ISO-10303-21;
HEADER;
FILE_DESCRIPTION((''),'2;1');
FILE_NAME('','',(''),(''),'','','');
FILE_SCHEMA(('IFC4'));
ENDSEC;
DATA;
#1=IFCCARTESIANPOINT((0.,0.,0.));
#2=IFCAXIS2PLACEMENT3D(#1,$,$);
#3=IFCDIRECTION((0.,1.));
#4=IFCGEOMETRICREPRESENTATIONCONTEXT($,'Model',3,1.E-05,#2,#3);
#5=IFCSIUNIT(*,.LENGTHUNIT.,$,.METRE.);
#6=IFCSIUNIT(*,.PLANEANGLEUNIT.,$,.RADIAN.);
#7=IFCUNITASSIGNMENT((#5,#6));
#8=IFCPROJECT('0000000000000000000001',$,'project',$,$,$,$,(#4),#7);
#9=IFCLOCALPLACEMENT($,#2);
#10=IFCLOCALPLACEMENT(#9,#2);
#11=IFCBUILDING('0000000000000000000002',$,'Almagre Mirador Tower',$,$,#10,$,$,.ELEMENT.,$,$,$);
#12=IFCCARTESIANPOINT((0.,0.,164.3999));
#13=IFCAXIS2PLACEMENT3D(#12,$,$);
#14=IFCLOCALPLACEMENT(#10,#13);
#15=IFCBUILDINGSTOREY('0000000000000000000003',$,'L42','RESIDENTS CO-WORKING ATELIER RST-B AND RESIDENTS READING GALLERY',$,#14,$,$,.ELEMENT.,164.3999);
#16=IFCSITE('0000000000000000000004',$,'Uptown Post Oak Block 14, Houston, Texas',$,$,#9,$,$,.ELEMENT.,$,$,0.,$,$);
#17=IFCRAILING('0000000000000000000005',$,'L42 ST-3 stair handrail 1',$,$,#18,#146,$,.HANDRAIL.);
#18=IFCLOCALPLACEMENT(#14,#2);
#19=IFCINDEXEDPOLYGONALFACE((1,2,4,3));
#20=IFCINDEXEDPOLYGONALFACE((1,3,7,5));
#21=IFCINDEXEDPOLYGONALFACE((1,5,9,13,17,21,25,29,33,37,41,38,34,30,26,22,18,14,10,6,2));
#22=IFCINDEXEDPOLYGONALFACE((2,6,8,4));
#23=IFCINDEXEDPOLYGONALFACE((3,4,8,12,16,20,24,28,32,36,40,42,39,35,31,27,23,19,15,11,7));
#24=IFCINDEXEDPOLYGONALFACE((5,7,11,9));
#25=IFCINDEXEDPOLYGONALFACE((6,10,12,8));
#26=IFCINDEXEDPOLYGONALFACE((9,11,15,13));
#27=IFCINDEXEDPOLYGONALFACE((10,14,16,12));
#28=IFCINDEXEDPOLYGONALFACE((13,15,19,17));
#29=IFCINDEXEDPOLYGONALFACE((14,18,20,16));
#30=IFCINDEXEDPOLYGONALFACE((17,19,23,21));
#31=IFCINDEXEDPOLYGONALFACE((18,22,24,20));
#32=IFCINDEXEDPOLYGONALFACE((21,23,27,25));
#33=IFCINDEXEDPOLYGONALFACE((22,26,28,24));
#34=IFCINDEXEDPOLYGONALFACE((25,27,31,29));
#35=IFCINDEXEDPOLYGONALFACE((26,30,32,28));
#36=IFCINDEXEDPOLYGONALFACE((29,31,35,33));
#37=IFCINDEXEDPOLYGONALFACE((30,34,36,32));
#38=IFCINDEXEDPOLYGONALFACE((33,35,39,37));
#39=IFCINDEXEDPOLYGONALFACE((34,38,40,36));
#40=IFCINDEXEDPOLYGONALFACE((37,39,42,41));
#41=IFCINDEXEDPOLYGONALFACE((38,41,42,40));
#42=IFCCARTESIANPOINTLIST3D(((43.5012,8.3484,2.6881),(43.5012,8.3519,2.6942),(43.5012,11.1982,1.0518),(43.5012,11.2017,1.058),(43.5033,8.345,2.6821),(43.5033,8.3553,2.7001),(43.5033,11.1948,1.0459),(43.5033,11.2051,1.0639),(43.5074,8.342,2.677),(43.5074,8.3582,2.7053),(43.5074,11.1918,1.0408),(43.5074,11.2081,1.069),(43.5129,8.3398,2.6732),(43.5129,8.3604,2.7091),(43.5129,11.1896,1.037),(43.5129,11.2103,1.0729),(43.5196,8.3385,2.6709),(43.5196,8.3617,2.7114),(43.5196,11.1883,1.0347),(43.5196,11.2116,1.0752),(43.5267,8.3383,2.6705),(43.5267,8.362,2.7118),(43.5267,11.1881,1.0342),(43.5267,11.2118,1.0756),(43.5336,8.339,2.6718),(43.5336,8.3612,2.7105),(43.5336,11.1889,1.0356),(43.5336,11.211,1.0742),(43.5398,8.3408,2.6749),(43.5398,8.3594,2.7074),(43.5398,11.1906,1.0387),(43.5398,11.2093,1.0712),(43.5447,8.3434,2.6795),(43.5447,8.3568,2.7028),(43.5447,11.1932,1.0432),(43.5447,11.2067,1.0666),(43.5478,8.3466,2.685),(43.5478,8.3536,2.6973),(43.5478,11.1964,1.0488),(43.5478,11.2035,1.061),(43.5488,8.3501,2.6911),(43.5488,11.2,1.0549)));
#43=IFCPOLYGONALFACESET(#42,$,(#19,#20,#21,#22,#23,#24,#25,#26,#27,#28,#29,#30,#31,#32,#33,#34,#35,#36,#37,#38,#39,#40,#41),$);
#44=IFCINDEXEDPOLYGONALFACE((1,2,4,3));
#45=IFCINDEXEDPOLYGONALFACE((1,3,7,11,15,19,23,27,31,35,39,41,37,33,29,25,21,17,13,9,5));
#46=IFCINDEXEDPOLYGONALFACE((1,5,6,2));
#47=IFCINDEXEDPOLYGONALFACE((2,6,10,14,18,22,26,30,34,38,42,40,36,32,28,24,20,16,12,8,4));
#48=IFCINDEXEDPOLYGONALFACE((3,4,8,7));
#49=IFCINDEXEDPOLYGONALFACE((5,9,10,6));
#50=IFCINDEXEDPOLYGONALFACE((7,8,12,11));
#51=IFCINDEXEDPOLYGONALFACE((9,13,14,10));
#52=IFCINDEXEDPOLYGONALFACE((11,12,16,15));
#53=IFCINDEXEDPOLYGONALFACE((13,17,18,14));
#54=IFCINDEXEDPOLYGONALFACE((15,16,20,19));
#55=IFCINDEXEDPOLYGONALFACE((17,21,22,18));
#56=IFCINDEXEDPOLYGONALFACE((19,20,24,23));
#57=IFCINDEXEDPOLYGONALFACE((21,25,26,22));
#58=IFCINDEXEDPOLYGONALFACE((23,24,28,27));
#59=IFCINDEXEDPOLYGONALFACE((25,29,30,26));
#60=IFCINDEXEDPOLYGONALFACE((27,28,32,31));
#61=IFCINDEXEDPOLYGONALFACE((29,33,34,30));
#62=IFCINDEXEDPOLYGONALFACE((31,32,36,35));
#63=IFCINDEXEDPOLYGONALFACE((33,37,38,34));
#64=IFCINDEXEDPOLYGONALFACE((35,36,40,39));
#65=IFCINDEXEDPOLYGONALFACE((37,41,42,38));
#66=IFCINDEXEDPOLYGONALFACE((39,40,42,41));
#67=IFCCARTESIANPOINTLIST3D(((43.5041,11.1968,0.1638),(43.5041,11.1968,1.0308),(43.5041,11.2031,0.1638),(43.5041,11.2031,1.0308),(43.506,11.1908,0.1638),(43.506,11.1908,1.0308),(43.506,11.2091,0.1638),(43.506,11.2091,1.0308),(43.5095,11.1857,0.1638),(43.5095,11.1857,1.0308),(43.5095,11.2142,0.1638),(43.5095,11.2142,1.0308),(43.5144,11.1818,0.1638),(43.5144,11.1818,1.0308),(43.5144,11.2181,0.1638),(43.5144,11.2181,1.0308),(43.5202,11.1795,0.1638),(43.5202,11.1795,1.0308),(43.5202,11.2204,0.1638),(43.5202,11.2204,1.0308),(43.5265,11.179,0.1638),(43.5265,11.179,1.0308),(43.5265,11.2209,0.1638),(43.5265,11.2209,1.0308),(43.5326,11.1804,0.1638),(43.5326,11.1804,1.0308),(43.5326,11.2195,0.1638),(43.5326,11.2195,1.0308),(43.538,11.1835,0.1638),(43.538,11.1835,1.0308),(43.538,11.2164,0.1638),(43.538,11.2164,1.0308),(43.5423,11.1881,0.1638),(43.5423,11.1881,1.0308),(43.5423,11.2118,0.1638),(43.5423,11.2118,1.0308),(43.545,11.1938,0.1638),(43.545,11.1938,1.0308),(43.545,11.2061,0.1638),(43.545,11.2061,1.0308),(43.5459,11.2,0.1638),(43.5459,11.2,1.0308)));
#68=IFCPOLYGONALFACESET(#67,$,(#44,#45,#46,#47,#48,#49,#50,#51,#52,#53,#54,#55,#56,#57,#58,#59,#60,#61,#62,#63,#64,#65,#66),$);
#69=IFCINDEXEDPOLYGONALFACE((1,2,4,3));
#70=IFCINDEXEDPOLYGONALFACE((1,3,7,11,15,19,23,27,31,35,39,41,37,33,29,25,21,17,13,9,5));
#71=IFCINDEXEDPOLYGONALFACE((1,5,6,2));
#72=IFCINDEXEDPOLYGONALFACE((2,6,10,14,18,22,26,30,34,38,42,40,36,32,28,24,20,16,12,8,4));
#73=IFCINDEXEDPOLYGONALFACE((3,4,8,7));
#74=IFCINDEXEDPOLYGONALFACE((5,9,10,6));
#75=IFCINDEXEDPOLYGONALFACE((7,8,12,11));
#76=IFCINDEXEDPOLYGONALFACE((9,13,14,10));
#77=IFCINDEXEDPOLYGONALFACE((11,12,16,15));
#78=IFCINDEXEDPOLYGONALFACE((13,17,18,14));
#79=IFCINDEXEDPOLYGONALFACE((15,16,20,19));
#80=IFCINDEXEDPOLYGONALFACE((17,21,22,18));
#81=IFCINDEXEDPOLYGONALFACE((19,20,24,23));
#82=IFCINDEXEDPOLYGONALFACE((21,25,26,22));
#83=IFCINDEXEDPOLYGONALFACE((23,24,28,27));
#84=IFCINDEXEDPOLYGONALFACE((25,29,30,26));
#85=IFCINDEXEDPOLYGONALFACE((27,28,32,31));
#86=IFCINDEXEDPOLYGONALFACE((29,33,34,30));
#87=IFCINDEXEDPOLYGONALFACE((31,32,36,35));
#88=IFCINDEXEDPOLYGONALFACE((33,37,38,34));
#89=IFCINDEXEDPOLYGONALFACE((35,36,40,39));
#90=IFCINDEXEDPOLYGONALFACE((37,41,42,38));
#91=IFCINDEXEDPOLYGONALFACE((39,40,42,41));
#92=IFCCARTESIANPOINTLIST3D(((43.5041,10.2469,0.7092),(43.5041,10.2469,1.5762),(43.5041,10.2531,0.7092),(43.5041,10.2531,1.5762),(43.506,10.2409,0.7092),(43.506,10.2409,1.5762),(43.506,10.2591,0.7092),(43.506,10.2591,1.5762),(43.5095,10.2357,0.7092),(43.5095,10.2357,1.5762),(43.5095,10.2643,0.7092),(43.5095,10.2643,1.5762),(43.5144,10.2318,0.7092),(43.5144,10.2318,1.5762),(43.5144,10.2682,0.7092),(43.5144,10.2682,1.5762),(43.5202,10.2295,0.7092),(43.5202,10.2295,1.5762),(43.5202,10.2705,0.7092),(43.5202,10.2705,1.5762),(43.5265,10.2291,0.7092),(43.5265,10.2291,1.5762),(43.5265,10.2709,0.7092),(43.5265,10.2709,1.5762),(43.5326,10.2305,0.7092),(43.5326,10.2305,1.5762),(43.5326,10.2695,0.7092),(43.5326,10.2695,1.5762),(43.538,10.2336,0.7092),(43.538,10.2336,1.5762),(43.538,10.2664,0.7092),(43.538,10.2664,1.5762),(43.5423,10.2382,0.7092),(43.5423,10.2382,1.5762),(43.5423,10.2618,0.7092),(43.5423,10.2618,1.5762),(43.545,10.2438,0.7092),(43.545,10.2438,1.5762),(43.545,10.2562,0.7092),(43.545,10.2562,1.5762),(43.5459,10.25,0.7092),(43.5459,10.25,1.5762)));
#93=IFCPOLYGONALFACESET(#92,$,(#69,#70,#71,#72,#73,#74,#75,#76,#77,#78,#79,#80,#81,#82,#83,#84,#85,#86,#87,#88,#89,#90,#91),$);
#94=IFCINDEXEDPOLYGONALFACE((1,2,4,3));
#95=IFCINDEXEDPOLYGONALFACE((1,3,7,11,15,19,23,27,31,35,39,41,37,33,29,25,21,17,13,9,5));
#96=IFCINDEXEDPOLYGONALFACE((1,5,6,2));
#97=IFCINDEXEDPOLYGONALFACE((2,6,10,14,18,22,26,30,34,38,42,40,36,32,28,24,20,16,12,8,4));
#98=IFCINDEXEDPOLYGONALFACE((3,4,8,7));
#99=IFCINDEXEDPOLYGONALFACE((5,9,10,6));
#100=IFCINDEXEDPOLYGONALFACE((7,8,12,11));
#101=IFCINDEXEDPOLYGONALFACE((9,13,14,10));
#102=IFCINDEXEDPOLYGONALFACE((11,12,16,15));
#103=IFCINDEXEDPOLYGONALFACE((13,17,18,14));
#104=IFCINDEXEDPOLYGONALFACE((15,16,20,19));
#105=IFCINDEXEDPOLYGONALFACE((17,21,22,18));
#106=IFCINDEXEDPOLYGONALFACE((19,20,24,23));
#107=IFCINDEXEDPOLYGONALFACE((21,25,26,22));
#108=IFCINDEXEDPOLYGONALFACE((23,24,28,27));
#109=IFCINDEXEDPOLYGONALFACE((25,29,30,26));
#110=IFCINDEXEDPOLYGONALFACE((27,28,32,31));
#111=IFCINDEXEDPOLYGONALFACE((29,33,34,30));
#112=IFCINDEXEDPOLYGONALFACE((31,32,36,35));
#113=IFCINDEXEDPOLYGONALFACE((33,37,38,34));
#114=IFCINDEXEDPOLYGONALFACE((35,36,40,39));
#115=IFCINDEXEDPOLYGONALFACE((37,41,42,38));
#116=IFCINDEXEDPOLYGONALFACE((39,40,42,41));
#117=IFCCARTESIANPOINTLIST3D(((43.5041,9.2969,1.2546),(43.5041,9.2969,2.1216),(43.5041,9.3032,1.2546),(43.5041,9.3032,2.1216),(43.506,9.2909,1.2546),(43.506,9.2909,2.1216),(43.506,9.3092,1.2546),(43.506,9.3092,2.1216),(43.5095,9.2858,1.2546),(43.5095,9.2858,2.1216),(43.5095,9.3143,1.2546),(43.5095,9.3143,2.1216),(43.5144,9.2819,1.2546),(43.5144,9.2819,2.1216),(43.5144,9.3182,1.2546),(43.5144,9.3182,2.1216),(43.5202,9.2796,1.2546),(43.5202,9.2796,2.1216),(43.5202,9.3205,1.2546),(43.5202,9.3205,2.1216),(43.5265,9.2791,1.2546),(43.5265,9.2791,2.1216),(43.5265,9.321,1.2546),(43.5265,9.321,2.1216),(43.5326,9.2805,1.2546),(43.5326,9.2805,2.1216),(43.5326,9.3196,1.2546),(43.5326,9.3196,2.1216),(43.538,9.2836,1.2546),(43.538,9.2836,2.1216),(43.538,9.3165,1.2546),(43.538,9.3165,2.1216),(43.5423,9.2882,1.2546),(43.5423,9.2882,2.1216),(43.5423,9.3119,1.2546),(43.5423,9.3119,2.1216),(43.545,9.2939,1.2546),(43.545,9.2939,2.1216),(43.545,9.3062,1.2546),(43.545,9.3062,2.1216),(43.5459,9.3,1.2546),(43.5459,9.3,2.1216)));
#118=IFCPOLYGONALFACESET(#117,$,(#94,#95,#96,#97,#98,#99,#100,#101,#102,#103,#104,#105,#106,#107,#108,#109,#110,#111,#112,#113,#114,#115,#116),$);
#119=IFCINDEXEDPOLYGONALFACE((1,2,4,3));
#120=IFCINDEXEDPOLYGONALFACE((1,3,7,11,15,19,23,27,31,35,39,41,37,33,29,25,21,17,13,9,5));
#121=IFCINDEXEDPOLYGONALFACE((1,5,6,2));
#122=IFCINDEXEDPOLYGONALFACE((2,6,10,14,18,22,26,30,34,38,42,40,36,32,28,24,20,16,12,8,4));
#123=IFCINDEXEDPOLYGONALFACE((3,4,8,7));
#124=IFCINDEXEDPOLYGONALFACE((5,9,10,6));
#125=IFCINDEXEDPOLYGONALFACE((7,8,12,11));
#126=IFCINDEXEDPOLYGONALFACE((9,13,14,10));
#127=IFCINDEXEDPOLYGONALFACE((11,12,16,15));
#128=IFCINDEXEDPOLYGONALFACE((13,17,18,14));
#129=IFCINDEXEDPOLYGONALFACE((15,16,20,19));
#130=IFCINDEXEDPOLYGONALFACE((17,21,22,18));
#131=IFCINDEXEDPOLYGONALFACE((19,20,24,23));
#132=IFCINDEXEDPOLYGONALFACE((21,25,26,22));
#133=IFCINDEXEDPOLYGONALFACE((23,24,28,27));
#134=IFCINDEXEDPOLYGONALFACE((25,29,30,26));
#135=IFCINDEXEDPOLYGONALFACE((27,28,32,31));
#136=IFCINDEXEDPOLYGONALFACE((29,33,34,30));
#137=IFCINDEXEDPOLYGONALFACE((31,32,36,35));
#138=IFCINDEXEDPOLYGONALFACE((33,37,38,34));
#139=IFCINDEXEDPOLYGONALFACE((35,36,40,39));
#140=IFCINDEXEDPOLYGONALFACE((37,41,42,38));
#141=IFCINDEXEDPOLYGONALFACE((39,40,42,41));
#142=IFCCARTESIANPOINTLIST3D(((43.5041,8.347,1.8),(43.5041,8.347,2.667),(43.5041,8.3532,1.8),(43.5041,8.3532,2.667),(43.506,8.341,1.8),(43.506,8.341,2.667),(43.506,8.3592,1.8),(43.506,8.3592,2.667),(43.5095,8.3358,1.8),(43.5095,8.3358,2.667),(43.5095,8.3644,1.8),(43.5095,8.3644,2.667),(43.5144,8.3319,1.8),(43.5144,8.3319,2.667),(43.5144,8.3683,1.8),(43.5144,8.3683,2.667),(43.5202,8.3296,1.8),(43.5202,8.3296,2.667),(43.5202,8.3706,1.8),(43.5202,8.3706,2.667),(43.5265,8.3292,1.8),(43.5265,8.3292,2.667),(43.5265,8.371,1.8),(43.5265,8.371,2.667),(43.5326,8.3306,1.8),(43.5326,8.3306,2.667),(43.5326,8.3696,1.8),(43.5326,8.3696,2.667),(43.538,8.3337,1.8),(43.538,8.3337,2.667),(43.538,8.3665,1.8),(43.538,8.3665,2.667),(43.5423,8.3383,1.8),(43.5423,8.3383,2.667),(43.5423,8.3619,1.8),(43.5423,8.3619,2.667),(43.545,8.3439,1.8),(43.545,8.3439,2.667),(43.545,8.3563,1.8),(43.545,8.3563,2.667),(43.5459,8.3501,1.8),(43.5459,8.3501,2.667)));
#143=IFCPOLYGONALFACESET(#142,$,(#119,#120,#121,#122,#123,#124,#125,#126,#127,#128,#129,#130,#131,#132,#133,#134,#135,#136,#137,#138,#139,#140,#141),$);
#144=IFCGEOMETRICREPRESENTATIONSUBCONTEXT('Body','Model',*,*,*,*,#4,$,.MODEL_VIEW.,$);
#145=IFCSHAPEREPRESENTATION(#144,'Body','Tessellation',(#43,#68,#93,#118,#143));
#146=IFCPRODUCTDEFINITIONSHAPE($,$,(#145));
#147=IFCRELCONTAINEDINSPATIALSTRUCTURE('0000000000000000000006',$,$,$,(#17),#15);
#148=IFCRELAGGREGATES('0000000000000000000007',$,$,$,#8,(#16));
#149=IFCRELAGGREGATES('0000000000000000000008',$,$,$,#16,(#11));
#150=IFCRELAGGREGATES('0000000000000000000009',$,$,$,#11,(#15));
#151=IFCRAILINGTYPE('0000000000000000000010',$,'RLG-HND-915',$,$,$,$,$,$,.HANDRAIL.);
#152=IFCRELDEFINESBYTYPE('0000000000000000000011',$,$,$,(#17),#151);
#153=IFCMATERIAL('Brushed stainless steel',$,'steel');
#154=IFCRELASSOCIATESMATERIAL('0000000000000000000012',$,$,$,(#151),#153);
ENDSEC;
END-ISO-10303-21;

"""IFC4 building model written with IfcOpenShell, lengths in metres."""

from ifc_helpers import new_model, si_unit, direction, frame, origin, origin_2d, place, context, subcontext, project, spatial, circle, extrude, material, type_object, element, save


model = new_model("IFC4")

# Units and contexts
model_context = context("Model", 3, precision=1e-05, world=origin(), true_north=direction((0.0, 1.0)))
body_context = subcontext(model_context, "Body", "Model", "MODEL_VIEW")
ifc_project = project(units=[si_unit("LENGTHUNIT", "METRE"), si_unit("PLANEANGLEUNIT", "RADIAN")], contexts=[model_context])

# Site, building, storey
site_placement = place(None, origin())
site = spatial("IfcSite", under=ifc_project, at=site_placement, Name="Uptown Post Oak Block 14, Houston, Texas", CompositionType="ELEMENT", RefElevation=0.0)
building_placement = place(site_placement, origin())
building = spatial("IfcBuilding", under=site, at=building_placement, Name="Almagre Mirador Tower", CompositionType="ELEMENT")
storey_placement = place(building_placement, frame((0.0, 0.0, 164.3999)))
storey = spatial("IfcBuildingStorey", under=building, at=storey_placement, Name="L42", Description="RESIDENTS CO-WORKING ATELIER RST-B AND RESIDENTS READING GALLERY", CompositionType="ELEMENT", Elevation=164.3999)

# Railing
ifc_material_1 = material(Name="Brushed stainless steel", Category="steel")
railing_type_1 = type_object("IfcRailingType", Name="RLG-HND-915", PredefinedType="HANDRAIL", material=ifc_material_1)
railing_1_placement = place(storey_placement, frame((43.5249, 11.2, 0.1638)))
element("IfcRailing", 1, at=railing_1_placement, inside=storey, type_object=railing_type_1, Name="L42 ST-3 stair handrail 1", PredefinedType="HANDRAIL", context=body_context, shape_type="SweptSolid", body=[
    extrude(circle(Radius=0.0239, at=origin_2d()), frame((0.0, 0.0, 0.8911), z_axis=(0.0, -0.867226, 0.497914), x_axis=(1.0, 0.0, 0.0)), (0.0, 0.0, 1.0), 3.2861),
    extrude(circle(Radius=0.021, at=origin_2d()), origin(), (0.0, 0.0, 1.0), 0.8669),
    extrude(circle(Radius=0.021, at=origin_2d()), frame((0.0, -0.95, 0.5454)), (0.0, 0.0, 1.0), 0.8669),
    extrude(circle(Radius=0.021, at=origin_2d()), frame((0.0, -1.8999, 1.0908)), (0.0, 0.0, 1.0), 0.8669),
    extrude(circle(Radius=0.021, at=origin_2d()), frame((0.0, -2.8499, 1.6362)), (0.0, 0.0, 1.0), 0.8669),
])

save(model, "model.ifc")
